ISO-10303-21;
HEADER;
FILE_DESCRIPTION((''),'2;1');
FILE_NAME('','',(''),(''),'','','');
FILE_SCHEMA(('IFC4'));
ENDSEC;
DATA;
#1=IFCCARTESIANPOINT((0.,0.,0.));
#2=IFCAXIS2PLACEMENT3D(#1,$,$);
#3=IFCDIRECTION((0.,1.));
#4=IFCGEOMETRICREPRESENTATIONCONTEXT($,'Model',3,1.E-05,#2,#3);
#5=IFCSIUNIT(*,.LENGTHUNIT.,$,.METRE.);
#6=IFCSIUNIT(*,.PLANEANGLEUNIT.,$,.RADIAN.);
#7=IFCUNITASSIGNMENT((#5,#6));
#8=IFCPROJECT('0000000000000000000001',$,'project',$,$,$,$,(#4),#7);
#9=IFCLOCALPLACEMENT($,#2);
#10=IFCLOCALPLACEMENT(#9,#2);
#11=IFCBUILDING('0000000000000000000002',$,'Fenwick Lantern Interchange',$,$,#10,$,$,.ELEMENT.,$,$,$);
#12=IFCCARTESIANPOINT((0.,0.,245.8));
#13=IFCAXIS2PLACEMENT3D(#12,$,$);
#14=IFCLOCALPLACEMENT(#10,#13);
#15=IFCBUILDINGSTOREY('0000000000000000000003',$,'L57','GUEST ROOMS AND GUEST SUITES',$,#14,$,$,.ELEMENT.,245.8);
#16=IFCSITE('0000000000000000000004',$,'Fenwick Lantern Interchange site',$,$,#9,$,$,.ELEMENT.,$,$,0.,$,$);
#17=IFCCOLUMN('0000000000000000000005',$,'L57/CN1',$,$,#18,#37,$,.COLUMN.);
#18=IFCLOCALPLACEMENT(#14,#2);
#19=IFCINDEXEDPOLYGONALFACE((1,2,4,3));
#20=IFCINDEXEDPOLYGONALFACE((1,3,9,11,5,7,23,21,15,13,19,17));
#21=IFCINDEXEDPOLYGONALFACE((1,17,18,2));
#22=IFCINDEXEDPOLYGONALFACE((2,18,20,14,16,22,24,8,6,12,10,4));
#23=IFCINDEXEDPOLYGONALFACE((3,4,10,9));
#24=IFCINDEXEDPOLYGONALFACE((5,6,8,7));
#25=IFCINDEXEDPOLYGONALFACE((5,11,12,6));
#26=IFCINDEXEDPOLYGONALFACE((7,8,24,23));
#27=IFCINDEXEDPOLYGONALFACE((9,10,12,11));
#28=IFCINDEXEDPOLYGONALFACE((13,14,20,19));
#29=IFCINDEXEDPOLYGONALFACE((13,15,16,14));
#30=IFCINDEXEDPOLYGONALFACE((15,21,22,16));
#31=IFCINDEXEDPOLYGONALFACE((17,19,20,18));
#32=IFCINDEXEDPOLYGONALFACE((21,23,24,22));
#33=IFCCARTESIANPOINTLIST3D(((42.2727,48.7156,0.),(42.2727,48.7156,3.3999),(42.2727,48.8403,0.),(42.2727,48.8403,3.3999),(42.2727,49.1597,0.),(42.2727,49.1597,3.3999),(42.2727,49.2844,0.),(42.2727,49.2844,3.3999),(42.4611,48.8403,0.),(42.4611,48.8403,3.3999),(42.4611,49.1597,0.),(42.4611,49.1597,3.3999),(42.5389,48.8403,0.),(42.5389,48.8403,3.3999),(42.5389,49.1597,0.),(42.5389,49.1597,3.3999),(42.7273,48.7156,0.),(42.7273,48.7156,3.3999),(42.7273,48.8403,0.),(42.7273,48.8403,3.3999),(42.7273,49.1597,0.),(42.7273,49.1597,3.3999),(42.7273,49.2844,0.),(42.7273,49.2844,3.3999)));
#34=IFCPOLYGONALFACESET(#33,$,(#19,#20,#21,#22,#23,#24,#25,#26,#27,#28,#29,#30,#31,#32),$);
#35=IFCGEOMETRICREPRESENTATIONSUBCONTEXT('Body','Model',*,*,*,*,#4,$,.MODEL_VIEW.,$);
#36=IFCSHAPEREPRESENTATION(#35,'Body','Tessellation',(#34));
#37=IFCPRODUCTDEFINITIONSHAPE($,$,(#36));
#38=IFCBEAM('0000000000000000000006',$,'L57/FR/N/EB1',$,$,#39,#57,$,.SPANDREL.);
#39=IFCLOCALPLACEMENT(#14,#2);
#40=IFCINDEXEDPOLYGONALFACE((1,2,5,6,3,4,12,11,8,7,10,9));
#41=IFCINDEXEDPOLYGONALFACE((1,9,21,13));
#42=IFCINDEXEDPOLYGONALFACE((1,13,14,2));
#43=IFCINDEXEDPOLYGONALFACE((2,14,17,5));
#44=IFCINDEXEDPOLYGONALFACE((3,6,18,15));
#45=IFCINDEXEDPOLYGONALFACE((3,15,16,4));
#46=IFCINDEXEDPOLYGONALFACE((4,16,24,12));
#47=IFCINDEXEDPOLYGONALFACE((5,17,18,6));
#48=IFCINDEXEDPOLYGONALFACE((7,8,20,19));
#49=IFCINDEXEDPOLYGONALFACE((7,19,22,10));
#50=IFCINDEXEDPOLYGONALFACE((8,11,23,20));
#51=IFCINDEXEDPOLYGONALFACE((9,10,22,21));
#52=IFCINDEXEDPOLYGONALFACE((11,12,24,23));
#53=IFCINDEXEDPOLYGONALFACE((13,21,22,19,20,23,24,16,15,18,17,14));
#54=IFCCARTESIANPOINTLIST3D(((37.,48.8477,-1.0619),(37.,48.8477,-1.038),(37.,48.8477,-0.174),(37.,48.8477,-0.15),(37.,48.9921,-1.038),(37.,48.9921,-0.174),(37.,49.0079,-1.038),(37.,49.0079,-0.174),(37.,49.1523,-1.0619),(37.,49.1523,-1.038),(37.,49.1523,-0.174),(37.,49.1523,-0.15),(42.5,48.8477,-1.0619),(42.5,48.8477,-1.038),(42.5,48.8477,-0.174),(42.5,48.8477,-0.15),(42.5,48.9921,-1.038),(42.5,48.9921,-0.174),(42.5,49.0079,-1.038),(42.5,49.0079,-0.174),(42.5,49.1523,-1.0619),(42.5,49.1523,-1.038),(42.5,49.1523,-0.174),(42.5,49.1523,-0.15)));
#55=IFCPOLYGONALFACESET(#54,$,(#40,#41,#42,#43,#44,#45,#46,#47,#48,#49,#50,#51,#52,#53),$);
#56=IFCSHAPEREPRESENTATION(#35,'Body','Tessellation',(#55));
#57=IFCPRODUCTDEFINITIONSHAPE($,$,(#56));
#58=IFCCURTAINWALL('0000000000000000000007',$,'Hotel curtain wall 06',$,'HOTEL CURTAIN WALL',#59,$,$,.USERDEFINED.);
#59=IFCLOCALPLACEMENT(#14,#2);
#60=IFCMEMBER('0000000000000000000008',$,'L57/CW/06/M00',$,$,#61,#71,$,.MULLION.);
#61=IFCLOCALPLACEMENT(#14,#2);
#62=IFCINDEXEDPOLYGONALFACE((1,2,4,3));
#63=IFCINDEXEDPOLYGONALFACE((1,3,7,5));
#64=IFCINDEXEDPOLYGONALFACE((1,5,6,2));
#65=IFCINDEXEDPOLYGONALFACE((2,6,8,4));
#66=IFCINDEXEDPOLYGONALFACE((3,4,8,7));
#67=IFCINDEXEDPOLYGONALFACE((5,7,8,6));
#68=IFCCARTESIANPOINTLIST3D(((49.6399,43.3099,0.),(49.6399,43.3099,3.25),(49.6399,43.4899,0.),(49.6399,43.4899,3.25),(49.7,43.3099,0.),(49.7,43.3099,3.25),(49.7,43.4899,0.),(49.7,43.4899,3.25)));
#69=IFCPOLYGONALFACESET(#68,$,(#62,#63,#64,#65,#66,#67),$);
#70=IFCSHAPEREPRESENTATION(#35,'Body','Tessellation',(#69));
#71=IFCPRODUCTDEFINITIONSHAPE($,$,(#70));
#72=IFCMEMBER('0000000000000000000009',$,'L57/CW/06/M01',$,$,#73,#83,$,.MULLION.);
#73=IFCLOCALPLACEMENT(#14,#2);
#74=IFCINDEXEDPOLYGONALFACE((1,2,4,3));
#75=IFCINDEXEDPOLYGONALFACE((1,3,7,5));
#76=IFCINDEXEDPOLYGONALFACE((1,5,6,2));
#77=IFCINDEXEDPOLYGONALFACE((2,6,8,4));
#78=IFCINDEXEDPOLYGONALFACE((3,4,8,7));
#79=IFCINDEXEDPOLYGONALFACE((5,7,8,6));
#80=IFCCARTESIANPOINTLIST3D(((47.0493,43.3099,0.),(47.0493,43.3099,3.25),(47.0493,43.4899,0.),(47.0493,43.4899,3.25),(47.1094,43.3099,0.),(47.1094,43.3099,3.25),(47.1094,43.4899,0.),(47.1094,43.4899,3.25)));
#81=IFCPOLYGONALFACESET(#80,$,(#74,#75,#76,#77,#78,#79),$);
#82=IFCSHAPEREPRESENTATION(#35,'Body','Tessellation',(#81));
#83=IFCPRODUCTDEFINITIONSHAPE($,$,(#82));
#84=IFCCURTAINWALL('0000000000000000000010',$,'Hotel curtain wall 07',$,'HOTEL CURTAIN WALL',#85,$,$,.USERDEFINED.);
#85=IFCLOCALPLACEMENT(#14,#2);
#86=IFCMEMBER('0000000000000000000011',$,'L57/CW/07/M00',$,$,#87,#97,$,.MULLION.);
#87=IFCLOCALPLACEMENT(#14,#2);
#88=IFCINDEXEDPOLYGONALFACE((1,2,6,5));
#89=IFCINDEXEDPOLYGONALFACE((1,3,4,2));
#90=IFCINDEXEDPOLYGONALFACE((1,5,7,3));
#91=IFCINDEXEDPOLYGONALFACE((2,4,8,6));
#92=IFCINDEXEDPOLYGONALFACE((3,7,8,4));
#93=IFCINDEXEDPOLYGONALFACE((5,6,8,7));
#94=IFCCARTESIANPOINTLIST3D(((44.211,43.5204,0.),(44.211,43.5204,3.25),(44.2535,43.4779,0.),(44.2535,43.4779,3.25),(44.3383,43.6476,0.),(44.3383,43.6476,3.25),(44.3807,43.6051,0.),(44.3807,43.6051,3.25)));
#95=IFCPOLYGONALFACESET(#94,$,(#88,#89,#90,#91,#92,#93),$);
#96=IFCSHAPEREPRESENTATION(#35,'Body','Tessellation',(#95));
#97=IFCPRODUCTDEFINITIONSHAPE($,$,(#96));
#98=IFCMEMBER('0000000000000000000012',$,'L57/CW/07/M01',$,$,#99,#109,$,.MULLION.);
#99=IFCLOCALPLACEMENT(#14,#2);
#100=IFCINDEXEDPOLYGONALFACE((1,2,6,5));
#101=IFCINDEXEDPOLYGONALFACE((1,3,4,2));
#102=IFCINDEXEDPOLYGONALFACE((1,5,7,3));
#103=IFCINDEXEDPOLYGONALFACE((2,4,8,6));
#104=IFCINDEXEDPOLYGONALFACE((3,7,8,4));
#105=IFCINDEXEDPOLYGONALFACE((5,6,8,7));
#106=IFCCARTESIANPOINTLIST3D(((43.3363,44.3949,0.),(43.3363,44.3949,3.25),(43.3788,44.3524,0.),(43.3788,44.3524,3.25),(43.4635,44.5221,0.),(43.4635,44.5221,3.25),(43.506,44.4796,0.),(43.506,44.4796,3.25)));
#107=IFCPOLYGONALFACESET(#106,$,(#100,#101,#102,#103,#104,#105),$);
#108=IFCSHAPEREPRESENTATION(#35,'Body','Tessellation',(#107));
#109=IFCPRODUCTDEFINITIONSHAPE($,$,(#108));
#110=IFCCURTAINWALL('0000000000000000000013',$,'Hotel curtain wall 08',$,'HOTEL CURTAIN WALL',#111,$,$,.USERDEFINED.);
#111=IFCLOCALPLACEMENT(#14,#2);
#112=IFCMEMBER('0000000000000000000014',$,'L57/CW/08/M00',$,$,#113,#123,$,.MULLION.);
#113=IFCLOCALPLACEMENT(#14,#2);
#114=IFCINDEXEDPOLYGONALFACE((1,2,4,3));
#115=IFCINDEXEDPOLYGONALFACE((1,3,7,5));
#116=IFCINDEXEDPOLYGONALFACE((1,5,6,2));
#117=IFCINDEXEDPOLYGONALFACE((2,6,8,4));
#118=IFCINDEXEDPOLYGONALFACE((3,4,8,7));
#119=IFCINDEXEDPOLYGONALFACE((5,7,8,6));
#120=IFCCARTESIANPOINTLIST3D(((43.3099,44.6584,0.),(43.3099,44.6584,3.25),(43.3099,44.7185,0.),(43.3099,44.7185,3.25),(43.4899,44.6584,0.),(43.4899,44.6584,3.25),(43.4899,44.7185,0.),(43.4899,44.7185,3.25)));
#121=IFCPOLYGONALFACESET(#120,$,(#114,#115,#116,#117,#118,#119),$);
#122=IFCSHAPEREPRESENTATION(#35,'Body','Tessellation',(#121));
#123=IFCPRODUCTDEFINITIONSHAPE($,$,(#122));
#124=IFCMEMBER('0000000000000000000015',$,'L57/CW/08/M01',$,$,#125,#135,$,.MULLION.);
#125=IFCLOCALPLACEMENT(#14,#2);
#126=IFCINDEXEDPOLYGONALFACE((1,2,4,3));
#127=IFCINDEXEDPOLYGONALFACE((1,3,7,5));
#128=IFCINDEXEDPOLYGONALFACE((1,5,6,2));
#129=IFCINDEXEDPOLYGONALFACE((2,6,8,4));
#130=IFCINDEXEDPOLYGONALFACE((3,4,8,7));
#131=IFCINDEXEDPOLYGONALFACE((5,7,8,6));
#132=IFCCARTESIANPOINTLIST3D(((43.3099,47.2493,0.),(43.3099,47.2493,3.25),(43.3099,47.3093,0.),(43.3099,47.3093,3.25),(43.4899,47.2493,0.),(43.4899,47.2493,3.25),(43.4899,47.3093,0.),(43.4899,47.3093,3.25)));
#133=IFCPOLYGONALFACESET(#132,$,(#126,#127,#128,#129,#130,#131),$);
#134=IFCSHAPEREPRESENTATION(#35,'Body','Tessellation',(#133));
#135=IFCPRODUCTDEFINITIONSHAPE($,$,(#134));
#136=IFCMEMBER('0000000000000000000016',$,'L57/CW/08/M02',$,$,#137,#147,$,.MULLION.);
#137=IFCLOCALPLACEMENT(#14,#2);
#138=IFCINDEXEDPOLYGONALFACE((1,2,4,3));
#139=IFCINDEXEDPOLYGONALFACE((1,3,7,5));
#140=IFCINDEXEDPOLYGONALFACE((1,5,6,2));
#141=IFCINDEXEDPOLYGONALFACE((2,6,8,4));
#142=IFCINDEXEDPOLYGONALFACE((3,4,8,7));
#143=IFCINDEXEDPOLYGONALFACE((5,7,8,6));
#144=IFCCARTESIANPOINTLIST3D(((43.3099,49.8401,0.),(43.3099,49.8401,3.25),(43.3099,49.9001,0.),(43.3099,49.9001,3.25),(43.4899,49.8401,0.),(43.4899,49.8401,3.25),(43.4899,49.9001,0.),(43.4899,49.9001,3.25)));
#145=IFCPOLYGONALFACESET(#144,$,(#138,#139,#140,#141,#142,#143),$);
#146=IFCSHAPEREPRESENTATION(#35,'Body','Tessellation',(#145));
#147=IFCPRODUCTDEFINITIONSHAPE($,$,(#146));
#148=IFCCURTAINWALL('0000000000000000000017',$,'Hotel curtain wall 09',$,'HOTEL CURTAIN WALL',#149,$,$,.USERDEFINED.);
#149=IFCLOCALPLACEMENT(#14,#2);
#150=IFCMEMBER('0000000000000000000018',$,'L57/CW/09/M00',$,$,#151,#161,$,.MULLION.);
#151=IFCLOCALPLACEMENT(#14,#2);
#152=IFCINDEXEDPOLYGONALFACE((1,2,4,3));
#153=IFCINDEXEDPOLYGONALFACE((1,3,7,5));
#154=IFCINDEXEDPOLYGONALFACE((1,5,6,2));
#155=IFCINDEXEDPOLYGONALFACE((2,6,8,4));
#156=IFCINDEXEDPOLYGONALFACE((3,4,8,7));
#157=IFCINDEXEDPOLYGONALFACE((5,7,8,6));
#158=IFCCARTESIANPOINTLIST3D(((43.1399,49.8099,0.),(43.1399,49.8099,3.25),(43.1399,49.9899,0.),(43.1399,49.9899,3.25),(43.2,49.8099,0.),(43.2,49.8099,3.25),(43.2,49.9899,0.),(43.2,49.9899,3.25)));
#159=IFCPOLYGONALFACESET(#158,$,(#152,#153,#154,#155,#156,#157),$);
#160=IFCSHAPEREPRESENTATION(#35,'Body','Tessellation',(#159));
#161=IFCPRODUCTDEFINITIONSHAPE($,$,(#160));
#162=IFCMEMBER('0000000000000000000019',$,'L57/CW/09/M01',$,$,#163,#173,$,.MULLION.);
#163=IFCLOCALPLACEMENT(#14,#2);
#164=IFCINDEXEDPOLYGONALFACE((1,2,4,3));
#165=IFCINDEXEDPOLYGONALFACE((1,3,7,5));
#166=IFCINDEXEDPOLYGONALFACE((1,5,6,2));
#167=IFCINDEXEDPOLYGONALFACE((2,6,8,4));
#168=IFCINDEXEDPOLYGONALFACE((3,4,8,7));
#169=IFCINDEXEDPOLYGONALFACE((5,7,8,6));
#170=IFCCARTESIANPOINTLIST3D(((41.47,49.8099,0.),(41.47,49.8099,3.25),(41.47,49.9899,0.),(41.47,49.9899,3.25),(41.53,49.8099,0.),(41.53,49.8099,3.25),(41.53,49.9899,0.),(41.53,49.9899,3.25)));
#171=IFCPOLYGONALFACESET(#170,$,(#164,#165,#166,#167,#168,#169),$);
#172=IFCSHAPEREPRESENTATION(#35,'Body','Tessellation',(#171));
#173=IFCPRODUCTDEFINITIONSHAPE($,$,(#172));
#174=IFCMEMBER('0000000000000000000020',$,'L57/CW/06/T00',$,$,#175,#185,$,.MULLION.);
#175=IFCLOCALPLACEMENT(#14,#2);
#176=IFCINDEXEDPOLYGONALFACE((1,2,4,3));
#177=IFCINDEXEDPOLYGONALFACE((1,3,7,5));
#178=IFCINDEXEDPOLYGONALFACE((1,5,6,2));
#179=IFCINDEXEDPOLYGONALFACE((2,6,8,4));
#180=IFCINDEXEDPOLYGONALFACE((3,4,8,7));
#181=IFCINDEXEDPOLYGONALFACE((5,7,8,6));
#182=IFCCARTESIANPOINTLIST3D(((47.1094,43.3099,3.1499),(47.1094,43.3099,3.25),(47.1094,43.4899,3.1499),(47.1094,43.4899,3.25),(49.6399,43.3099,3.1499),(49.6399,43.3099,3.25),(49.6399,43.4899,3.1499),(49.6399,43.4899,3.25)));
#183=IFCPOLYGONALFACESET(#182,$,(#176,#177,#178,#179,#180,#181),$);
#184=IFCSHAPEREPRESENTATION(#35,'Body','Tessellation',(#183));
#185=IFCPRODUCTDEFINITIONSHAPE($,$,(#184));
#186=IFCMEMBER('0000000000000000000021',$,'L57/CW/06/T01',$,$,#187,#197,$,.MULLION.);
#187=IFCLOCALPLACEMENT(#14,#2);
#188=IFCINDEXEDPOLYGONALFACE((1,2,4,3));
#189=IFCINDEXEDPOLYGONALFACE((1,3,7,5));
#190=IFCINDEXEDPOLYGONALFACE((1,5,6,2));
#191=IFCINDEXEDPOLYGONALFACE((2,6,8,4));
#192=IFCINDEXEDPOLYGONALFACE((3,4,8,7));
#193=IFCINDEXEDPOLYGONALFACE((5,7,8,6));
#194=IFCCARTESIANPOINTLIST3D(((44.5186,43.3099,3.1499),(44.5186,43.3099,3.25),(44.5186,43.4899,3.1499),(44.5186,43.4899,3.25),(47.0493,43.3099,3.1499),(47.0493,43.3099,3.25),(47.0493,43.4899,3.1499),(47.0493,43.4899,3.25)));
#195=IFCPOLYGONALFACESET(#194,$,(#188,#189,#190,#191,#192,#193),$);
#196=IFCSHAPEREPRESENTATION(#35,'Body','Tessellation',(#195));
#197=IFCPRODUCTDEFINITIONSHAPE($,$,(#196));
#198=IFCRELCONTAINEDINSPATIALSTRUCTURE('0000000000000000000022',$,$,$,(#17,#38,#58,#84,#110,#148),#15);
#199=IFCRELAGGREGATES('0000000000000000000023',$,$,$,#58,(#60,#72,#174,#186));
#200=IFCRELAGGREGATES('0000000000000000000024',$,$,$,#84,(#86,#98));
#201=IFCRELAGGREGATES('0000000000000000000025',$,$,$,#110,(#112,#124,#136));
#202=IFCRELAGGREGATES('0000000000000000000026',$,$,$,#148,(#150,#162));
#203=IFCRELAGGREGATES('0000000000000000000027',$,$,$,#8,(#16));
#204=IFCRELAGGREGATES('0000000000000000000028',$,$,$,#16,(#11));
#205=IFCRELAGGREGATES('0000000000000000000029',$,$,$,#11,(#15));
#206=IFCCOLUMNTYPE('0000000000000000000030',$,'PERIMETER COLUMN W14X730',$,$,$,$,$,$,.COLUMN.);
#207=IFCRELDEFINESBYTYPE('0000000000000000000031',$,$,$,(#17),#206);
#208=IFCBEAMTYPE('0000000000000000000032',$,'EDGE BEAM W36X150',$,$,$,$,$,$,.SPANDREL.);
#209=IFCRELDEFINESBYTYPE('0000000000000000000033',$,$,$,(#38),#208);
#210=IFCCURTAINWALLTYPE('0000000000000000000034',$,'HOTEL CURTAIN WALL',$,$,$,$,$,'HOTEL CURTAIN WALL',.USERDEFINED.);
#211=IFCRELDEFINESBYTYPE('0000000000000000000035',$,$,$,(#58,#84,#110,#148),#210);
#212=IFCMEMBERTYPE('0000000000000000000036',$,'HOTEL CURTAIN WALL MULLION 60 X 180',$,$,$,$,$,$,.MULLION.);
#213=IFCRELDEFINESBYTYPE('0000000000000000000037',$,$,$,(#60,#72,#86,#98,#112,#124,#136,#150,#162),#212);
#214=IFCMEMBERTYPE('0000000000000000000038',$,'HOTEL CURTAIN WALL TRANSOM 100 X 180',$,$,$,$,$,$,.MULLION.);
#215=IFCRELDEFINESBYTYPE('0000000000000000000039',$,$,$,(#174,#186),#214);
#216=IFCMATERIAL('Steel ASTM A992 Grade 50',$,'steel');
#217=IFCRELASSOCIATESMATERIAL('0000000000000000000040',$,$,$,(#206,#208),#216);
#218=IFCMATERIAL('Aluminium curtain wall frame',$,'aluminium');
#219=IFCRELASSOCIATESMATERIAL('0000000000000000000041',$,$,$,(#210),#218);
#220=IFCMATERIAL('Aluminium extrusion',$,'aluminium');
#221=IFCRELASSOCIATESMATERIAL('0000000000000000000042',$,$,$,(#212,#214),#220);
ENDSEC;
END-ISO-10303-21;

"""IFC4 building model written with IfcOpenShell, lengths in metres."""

from ifc_helpers import new_model, si_unit, direction, frame, origin, origin_2d, place, context, subcontext, project, spatial, rectangle, i_section, extrude, material, material_profile, profile_set, type_object, element, aggregate, save


model = new_model("IFC4")

# Units and contexts
model_context = context("Model", 3, precision=1e-05, world=origin(), true_north=direction((0.0, 1.0)))
body_context = subcontext(model_context, "Body", "Model", "MODEL_VIEW")
ifc_project = project(units=[si_unit("LENGTHUNIT", "METRE"), si_unit("PLANEANGLEUNIT", "RADIAN")], contexts=[model_context])

# Site, building, storey
site_placement = place(None, origin())
site = spatial("IfcSite", under=ifc_project, at=site_placement, Name="Fenwick Lantern Interchange site", CompositionType="ELEMENT", RefElevation=0.0)
building_placement = place(site_placement, origin())
building = spatial("IfcBuilding", under=site, at=building_placement, Name="Fenwick Lantern Interchange", CompositionType="ELEMENT")
storey_placement = place(building_placement, frame((0.0, 0.0, 245.8)))
storey = spatial("IfcBuildingStorey", under=building, at=storey_placement, Name="L57", Description="GUEST ROOMS AND GUEST SUITES", CompositionType="ELEMENT", Elevation=245.8)

# Column
ifc_material_1 = material(Name="Steel ASTM A992 Grade 50", Category="steel")
ifc_material_profile_1 = material_profile(ifc_material_1, i_section(OverallWidth=0.4546, OverallDepth=0.5688, WebThickness=0.0779, FlangeThickness=0.1248, at=origin_2d()), Name="W14X730")
ifc_profile_set_1 = profile_set([ifc_material_profile_1], Name="Steel ASTM A992 Grade 50")
column_type = type_object("IfcColumnType", Name="PERIMETER COLUMN W14X730", PredefinedType="COLUMN", material=ifc_profile_set_1)
column_placement = place(storey_placement, frame((42.5, 49.0, 0.0), z_axis=(0.0, 0.0, 1.0), x_axis=(1.0, 0.0, 0.0)))
element("IfcColumn", 1, at=column_placement, inside=storey, type_object=column_type, Name="L57/CN1", PredefinedType="COLUMN", context=body_context, shape_type="SweptSolid", body=[
    extrude(i_section(OverallWidth=0.4546, OverallDepth=0.5688, WebThickness=0.0779, FlangeThickness=0.1248, at=origin_2d()), origin(), (0.0, 0.0, 1.0), 3.3999),
])

# Beam
ifc_material_profile_2 = material_profile(ifc_material_1, i_section(OverallWidth=0.3047, OverallDepth=0.9119, WebThickness=0.0159, FlangeThickness=0.0239, at=origin_2d()), Name="W36X150")
ifc_profile_set_2 = profile_set([ifc_material_profile_2], Name="Steel ASTM A992 Grade 50")
beam_type_1 = type_object("IfcBeamType", Name="EDGE BEAM W36X150", PredefinedType="SPANDREL", material=ifc_profile_set_2)
beam_1_placement = place(storey_placement, frame((42.5, 49.0, -0.606), z_axis=(-1.0, 0.0, 0.0), x_axis=(0.0, -1.0, 0.0)))
element("IfcBeam", 2, at=beam_1_placement, inside=storey, type_object=beam_type_1, Name="L57/FR/N/EB1", PredefinedType="SPANDREL", context=body_context, shape_type="SweptSolid", body=[
    extrude(i_section(OverallWidth=0.3047, OverallDepth=0.9119, WebThickness=0.0159, FlangeThickness=0.0239, at=origin_2d()), origin(), (0.0, 0.0, 1.0), 5.5),
])

# Curtain walls, members
ifc_material_2 = material(Name="Aluminium curtain wall frame", Category="aluminium")
curtain_wall_type = type_object("IfcCurtainWallType", Name="HOTEL CURTAIN WALL", ElementType="HOTEL CURTAIN WALL", PredefinedType="USERDEFINED", material=ifc_material_2)
curtain_wall_1_placement = place(storey_placement, origin())
curtain_wall_1 = element("IfcCurtainWall", 3, at=curtain_wall_1_placement, inside=storey, type_object=curtain_wall_type, Name="Hotel curtain wall 06", ObjectType="HOTEL CURTAIN WALL", PredefinedType="USERDEFINED")
ifc_material_3 = material(Name="Aluminium extrusion", Category="aluminium")
ifc_material_profile_3 = material_profile(ifc_material_3, rectangle(XDim=0.1799, YDim=0.0601, at=origin_2d()), Name="HOTEL CURTAIN WALL MULLION 60 X 180")
ifc_profile_set_3 = profile_set([ifc_material_profile_3], Name="Aluminium extrusion")
member_type_1 = type_object("IfcMemberType", Name="HOTEL CURTAIN WALL MULLION 60 X 180", PredefinedType="MULLION", material=ifc_profile_set_3)
member_1_placement = place(storey_placement, frame((49.6699, 43.3999, 0.0), z_axis=(0.0, 0.0, 1.0), x_axis=(0.0, -1.0, 0.0)))
member_1 = element("IfcMember", 4, at=member_1_placement, type_object=member_type_1, Name="L57/CW/06/M00", PredefinedType="MULLION", context=body_context, shape_type="SweptSolid", body=[
    extrude(rectangle(XDim=0.1799, YDim=0.0601, at=origin_2d()), origin(), (0.0, 0.0, 1.0), 3.25),
])
member_2_placement = place(storey_placement, frame((47.0793, 43.3999, 0.0), z_axis=(0.0, 0.0, 1.0), x_axis=(0.0, -1.0, 0.0)))
member_2 = element("IfcMember", 5, at=member_2_placement, type_object=member_type_1, Name="L57/CW/06/M01", PredefinedType="MULLION", context=body_context, shape_type="SweptSolid", body=[
    extrude(rectangle(XDim=0.1799, YDim=0.0601, at=origin_2d()), origin(), (0.0, 0.0, 1.0), 3.25),
])
curtain_wall_2_placement = place(storey_placement, origin())
curtain_wall_2 = element("IfcCurtainWall", 6, at=curtain_wall_2_placement, inside=storey, type_object=curtain_wall_type, Name="Hotel curtain wall 07", ObjectType="HOTEL CURTAIN WALL", PredefinedType="USERDEFINED")
member_3_placement = place(storey_placement, frame((44.2959, 43.5627, 0.0), z_axis=(0.0, 0.0, 1.0), x_axis=(-0.707107, -0.707107, 0.0)))
member_3 = element("IfcMember", 7, at=member_3_placement, type_object=member_type_1, Name="L57/CW/07/M00", PredefinedType="MULLION", context=body_context, shape_type="SweptSolid", body=[
    extrude(rectangle(XDim=0.1799, YDim=0.0601, at=origin_2d()), origin(), (0.0, 0.0, 1.0), 3.25),
])
member_4_placement = place(storey_placement, frame((43.4211, 44.4373, 0.0), z_axis=(0.0, 0.0, 1.0), x_axis=(-0.707107, -0.707107, 0.0)))
member_4 = element("IfcMember", 8, at=member_4_placement, type_object=member_type_1, Name="L57/CW/07/M01", PredefinedType="MULLION", context=body_context, shape_type="SweptSolid", body=[
    extrude(rectangle(XDim=0.1799, YDim=0.0601, at=origin_2d()), origin(), (0.0, 0.0, 1.0), 3.25),
])
curtain_wall_3_placement = place(storey_placement, origin())
curtain_wall_3 = element("IfcCurtainWall", 9, at=curtain_wall_3_placement, inside=storey, type_object=curtain_wall_type, Name="Hotel curtain wall 08", ObjectType="HOTEL CURTAIN WALL", PredefinedType="USERDEFINED")
member_5_placement = place(storey_placement, frame((43.3999, 44.6885, 0.0), z_axis=(0.0, 0.0, 1.0), x_axis=(-1.0, 0.0, 0.0)))
member_5 = element("IfcMember", 10, at=member_5_placement, type_object=member_type_1, Name="L57/CW/08/M00", PredefinedType="MULLION", context=body_context, shape_type="SweptSolid", body=[
    extrude(rectangle(XDim=0.1799, YDim=0.0601, at=origin_2d()), origin(), (0.0, 0.0, 1.0), 3.25),
])
member_6_placement = place(storey_placement, frame((43.3999, 47.2793, 0.0), z_axis=(0.0, 0.0, 1.0), x_axis=(-1.0, 0.0, 0.0)))
member_6 = element("IfcMember", 11, at=member_6_placement, type_object=member_type_1, Name="L57/CW/08/M01", PredefinedType="MULLION", context=body_context, shape_type="SweptSolid", body=[
    extrude(rectangle(XDim=0.1799, YDim=0.0601, at=origin_2d()), origin(), (0.0, 0.0, 1.0), 3.25),
])
member_7_placement = place(storey_placement, frame((43.3999, 49.8701, 0.0), z_axis=(0.0, 0.0, 1.0), x_axis=(-1.0, 0.0, 0.0)))
member_7 = element("IfcMember", 12, at=member_7_placement, type_object=member_type_1, Name="L57/CW/08/M02", PredefinedType="MULLION", context=body_context, shape_type="SweptSolid", body=[
    extrude(rectangle(XDim=0.1799, YDim=0.0601, at=origin_2d()), origin(), (0.0, 0.0, 1.0), 3.25),
])
curtain_wall_4_placement = place(storey_placement, origin())
curtain_wall_4 = element("IfcCurtainWall", 13, at=curtain_wall_4_placement, inside=storey, type_object=curtain_wall_type, Name="Hotel curtain wall 09", ObjectType="HOTEL CURTAIN WALL", PredefinedType="USERDEFINED")
member_8_placement = place(storey_placement, frame((43.1699, 49.8999, 0.0), z_axis=(0.0, 0.0, 1.0), x_axis=(0.0, -1.0, 0.0)))
member_8 = element("IfcMember", 14, at=member_8_placement, type_object=member_type_1, Name="L57/CW/09/M00", PredefinedType="MULLION", context=body_context, shape_type="SweptSolid", body=[
    extrude(rectangle(XDim=0.1799, YDim=0.0601, at=origin_2d()), origin(), (0.0, 0.0, 1.0), 3.25),
])
member_9_placement = place(storey_placement, frame((41.5, 49.8999, 0.0), z_axis=(0.0, 0.0, 1.0), x_axis=(0.0, -1.0, 0.0)))
member_9 = element("IfcMember", 15, at=member_9_placement, type_object=member_type_1, Name="L57/CW/09/M01", PredefinedType="MULLION", context=body_context, shape_type="SweptSolid", body=[
    extrude(rectangle(XDim=0.1799, YDim=0.0601, at=origin_2d()), origin(), (0.0, 0.0, 1.0), 3.25),
])

# Members
ifc_material_profile_4 = material_profile(ifc_material_3, rectangle(XDim=0.1799, YDim=0.1001, at=origin_2d()), Name="HOTEL CURTAIN WALL TRANSOM 100 X 180")
ifc_profile_set_4 = profile_set([ifc_material_profile_4], Name="Aluminium extrusion")
member_type_2 = type_object("IfcMemberType", Name="HOTEL CURTAIN WALL TRANSOM 100 X 180", PredefinedType="MULLION", material=ifc_profile_set_4)
member_10_placement = place(storey_placement, frame((49.6399, 43.3999, 3.2), z_axis=(-1.0, 0.0, 0.0), x_axis=(0.0, -1.0, 0.0)))
member_10 = element("IfcMember", 16, at=member_10_placement, type_object=member_type_2, Name="L57/CW/06/T00", PredefinedType="MULLION", context=body_context, shape_type="SweptSolid", body=[
    extrude(rectangle(XDim=0.1799, YDim=0.1001, at=origin_2d()), origin(), (0.0, 0.0, 1.0), 2.5305),
])
member_11_placement = place(storey_placement, frame((47.0493, 43.3999, 3.2), z_axis=(-1.0, 0.0, 0.0), x_axis=(0.0, -1.0, 0.0)))
member_11 = element("IfcMember", 17, at=member_11_placement, type_object=member_type_2, Name="L57/CW/06/T01", PredefinedType="MULLION", context=body_context, shape_type="SweptSolid", body=[
    extrude(rectangle(XDim=0.1799, YDim=0.1001, at=origin_2d()), origin(), (0.0, 0.0, 1.0), 2.5308),
])

aggregate(curtain_wall_1, [member_1, member_2, member_10, member_11])
aggregate(curtain_wall_2, [member_3, member_4])
aggregate(curtain_wall_3, [member_5, member_6, member_7])
aggregate(curtain_wall_4, [member_8, member_9])

save(model, "model.ifc")
